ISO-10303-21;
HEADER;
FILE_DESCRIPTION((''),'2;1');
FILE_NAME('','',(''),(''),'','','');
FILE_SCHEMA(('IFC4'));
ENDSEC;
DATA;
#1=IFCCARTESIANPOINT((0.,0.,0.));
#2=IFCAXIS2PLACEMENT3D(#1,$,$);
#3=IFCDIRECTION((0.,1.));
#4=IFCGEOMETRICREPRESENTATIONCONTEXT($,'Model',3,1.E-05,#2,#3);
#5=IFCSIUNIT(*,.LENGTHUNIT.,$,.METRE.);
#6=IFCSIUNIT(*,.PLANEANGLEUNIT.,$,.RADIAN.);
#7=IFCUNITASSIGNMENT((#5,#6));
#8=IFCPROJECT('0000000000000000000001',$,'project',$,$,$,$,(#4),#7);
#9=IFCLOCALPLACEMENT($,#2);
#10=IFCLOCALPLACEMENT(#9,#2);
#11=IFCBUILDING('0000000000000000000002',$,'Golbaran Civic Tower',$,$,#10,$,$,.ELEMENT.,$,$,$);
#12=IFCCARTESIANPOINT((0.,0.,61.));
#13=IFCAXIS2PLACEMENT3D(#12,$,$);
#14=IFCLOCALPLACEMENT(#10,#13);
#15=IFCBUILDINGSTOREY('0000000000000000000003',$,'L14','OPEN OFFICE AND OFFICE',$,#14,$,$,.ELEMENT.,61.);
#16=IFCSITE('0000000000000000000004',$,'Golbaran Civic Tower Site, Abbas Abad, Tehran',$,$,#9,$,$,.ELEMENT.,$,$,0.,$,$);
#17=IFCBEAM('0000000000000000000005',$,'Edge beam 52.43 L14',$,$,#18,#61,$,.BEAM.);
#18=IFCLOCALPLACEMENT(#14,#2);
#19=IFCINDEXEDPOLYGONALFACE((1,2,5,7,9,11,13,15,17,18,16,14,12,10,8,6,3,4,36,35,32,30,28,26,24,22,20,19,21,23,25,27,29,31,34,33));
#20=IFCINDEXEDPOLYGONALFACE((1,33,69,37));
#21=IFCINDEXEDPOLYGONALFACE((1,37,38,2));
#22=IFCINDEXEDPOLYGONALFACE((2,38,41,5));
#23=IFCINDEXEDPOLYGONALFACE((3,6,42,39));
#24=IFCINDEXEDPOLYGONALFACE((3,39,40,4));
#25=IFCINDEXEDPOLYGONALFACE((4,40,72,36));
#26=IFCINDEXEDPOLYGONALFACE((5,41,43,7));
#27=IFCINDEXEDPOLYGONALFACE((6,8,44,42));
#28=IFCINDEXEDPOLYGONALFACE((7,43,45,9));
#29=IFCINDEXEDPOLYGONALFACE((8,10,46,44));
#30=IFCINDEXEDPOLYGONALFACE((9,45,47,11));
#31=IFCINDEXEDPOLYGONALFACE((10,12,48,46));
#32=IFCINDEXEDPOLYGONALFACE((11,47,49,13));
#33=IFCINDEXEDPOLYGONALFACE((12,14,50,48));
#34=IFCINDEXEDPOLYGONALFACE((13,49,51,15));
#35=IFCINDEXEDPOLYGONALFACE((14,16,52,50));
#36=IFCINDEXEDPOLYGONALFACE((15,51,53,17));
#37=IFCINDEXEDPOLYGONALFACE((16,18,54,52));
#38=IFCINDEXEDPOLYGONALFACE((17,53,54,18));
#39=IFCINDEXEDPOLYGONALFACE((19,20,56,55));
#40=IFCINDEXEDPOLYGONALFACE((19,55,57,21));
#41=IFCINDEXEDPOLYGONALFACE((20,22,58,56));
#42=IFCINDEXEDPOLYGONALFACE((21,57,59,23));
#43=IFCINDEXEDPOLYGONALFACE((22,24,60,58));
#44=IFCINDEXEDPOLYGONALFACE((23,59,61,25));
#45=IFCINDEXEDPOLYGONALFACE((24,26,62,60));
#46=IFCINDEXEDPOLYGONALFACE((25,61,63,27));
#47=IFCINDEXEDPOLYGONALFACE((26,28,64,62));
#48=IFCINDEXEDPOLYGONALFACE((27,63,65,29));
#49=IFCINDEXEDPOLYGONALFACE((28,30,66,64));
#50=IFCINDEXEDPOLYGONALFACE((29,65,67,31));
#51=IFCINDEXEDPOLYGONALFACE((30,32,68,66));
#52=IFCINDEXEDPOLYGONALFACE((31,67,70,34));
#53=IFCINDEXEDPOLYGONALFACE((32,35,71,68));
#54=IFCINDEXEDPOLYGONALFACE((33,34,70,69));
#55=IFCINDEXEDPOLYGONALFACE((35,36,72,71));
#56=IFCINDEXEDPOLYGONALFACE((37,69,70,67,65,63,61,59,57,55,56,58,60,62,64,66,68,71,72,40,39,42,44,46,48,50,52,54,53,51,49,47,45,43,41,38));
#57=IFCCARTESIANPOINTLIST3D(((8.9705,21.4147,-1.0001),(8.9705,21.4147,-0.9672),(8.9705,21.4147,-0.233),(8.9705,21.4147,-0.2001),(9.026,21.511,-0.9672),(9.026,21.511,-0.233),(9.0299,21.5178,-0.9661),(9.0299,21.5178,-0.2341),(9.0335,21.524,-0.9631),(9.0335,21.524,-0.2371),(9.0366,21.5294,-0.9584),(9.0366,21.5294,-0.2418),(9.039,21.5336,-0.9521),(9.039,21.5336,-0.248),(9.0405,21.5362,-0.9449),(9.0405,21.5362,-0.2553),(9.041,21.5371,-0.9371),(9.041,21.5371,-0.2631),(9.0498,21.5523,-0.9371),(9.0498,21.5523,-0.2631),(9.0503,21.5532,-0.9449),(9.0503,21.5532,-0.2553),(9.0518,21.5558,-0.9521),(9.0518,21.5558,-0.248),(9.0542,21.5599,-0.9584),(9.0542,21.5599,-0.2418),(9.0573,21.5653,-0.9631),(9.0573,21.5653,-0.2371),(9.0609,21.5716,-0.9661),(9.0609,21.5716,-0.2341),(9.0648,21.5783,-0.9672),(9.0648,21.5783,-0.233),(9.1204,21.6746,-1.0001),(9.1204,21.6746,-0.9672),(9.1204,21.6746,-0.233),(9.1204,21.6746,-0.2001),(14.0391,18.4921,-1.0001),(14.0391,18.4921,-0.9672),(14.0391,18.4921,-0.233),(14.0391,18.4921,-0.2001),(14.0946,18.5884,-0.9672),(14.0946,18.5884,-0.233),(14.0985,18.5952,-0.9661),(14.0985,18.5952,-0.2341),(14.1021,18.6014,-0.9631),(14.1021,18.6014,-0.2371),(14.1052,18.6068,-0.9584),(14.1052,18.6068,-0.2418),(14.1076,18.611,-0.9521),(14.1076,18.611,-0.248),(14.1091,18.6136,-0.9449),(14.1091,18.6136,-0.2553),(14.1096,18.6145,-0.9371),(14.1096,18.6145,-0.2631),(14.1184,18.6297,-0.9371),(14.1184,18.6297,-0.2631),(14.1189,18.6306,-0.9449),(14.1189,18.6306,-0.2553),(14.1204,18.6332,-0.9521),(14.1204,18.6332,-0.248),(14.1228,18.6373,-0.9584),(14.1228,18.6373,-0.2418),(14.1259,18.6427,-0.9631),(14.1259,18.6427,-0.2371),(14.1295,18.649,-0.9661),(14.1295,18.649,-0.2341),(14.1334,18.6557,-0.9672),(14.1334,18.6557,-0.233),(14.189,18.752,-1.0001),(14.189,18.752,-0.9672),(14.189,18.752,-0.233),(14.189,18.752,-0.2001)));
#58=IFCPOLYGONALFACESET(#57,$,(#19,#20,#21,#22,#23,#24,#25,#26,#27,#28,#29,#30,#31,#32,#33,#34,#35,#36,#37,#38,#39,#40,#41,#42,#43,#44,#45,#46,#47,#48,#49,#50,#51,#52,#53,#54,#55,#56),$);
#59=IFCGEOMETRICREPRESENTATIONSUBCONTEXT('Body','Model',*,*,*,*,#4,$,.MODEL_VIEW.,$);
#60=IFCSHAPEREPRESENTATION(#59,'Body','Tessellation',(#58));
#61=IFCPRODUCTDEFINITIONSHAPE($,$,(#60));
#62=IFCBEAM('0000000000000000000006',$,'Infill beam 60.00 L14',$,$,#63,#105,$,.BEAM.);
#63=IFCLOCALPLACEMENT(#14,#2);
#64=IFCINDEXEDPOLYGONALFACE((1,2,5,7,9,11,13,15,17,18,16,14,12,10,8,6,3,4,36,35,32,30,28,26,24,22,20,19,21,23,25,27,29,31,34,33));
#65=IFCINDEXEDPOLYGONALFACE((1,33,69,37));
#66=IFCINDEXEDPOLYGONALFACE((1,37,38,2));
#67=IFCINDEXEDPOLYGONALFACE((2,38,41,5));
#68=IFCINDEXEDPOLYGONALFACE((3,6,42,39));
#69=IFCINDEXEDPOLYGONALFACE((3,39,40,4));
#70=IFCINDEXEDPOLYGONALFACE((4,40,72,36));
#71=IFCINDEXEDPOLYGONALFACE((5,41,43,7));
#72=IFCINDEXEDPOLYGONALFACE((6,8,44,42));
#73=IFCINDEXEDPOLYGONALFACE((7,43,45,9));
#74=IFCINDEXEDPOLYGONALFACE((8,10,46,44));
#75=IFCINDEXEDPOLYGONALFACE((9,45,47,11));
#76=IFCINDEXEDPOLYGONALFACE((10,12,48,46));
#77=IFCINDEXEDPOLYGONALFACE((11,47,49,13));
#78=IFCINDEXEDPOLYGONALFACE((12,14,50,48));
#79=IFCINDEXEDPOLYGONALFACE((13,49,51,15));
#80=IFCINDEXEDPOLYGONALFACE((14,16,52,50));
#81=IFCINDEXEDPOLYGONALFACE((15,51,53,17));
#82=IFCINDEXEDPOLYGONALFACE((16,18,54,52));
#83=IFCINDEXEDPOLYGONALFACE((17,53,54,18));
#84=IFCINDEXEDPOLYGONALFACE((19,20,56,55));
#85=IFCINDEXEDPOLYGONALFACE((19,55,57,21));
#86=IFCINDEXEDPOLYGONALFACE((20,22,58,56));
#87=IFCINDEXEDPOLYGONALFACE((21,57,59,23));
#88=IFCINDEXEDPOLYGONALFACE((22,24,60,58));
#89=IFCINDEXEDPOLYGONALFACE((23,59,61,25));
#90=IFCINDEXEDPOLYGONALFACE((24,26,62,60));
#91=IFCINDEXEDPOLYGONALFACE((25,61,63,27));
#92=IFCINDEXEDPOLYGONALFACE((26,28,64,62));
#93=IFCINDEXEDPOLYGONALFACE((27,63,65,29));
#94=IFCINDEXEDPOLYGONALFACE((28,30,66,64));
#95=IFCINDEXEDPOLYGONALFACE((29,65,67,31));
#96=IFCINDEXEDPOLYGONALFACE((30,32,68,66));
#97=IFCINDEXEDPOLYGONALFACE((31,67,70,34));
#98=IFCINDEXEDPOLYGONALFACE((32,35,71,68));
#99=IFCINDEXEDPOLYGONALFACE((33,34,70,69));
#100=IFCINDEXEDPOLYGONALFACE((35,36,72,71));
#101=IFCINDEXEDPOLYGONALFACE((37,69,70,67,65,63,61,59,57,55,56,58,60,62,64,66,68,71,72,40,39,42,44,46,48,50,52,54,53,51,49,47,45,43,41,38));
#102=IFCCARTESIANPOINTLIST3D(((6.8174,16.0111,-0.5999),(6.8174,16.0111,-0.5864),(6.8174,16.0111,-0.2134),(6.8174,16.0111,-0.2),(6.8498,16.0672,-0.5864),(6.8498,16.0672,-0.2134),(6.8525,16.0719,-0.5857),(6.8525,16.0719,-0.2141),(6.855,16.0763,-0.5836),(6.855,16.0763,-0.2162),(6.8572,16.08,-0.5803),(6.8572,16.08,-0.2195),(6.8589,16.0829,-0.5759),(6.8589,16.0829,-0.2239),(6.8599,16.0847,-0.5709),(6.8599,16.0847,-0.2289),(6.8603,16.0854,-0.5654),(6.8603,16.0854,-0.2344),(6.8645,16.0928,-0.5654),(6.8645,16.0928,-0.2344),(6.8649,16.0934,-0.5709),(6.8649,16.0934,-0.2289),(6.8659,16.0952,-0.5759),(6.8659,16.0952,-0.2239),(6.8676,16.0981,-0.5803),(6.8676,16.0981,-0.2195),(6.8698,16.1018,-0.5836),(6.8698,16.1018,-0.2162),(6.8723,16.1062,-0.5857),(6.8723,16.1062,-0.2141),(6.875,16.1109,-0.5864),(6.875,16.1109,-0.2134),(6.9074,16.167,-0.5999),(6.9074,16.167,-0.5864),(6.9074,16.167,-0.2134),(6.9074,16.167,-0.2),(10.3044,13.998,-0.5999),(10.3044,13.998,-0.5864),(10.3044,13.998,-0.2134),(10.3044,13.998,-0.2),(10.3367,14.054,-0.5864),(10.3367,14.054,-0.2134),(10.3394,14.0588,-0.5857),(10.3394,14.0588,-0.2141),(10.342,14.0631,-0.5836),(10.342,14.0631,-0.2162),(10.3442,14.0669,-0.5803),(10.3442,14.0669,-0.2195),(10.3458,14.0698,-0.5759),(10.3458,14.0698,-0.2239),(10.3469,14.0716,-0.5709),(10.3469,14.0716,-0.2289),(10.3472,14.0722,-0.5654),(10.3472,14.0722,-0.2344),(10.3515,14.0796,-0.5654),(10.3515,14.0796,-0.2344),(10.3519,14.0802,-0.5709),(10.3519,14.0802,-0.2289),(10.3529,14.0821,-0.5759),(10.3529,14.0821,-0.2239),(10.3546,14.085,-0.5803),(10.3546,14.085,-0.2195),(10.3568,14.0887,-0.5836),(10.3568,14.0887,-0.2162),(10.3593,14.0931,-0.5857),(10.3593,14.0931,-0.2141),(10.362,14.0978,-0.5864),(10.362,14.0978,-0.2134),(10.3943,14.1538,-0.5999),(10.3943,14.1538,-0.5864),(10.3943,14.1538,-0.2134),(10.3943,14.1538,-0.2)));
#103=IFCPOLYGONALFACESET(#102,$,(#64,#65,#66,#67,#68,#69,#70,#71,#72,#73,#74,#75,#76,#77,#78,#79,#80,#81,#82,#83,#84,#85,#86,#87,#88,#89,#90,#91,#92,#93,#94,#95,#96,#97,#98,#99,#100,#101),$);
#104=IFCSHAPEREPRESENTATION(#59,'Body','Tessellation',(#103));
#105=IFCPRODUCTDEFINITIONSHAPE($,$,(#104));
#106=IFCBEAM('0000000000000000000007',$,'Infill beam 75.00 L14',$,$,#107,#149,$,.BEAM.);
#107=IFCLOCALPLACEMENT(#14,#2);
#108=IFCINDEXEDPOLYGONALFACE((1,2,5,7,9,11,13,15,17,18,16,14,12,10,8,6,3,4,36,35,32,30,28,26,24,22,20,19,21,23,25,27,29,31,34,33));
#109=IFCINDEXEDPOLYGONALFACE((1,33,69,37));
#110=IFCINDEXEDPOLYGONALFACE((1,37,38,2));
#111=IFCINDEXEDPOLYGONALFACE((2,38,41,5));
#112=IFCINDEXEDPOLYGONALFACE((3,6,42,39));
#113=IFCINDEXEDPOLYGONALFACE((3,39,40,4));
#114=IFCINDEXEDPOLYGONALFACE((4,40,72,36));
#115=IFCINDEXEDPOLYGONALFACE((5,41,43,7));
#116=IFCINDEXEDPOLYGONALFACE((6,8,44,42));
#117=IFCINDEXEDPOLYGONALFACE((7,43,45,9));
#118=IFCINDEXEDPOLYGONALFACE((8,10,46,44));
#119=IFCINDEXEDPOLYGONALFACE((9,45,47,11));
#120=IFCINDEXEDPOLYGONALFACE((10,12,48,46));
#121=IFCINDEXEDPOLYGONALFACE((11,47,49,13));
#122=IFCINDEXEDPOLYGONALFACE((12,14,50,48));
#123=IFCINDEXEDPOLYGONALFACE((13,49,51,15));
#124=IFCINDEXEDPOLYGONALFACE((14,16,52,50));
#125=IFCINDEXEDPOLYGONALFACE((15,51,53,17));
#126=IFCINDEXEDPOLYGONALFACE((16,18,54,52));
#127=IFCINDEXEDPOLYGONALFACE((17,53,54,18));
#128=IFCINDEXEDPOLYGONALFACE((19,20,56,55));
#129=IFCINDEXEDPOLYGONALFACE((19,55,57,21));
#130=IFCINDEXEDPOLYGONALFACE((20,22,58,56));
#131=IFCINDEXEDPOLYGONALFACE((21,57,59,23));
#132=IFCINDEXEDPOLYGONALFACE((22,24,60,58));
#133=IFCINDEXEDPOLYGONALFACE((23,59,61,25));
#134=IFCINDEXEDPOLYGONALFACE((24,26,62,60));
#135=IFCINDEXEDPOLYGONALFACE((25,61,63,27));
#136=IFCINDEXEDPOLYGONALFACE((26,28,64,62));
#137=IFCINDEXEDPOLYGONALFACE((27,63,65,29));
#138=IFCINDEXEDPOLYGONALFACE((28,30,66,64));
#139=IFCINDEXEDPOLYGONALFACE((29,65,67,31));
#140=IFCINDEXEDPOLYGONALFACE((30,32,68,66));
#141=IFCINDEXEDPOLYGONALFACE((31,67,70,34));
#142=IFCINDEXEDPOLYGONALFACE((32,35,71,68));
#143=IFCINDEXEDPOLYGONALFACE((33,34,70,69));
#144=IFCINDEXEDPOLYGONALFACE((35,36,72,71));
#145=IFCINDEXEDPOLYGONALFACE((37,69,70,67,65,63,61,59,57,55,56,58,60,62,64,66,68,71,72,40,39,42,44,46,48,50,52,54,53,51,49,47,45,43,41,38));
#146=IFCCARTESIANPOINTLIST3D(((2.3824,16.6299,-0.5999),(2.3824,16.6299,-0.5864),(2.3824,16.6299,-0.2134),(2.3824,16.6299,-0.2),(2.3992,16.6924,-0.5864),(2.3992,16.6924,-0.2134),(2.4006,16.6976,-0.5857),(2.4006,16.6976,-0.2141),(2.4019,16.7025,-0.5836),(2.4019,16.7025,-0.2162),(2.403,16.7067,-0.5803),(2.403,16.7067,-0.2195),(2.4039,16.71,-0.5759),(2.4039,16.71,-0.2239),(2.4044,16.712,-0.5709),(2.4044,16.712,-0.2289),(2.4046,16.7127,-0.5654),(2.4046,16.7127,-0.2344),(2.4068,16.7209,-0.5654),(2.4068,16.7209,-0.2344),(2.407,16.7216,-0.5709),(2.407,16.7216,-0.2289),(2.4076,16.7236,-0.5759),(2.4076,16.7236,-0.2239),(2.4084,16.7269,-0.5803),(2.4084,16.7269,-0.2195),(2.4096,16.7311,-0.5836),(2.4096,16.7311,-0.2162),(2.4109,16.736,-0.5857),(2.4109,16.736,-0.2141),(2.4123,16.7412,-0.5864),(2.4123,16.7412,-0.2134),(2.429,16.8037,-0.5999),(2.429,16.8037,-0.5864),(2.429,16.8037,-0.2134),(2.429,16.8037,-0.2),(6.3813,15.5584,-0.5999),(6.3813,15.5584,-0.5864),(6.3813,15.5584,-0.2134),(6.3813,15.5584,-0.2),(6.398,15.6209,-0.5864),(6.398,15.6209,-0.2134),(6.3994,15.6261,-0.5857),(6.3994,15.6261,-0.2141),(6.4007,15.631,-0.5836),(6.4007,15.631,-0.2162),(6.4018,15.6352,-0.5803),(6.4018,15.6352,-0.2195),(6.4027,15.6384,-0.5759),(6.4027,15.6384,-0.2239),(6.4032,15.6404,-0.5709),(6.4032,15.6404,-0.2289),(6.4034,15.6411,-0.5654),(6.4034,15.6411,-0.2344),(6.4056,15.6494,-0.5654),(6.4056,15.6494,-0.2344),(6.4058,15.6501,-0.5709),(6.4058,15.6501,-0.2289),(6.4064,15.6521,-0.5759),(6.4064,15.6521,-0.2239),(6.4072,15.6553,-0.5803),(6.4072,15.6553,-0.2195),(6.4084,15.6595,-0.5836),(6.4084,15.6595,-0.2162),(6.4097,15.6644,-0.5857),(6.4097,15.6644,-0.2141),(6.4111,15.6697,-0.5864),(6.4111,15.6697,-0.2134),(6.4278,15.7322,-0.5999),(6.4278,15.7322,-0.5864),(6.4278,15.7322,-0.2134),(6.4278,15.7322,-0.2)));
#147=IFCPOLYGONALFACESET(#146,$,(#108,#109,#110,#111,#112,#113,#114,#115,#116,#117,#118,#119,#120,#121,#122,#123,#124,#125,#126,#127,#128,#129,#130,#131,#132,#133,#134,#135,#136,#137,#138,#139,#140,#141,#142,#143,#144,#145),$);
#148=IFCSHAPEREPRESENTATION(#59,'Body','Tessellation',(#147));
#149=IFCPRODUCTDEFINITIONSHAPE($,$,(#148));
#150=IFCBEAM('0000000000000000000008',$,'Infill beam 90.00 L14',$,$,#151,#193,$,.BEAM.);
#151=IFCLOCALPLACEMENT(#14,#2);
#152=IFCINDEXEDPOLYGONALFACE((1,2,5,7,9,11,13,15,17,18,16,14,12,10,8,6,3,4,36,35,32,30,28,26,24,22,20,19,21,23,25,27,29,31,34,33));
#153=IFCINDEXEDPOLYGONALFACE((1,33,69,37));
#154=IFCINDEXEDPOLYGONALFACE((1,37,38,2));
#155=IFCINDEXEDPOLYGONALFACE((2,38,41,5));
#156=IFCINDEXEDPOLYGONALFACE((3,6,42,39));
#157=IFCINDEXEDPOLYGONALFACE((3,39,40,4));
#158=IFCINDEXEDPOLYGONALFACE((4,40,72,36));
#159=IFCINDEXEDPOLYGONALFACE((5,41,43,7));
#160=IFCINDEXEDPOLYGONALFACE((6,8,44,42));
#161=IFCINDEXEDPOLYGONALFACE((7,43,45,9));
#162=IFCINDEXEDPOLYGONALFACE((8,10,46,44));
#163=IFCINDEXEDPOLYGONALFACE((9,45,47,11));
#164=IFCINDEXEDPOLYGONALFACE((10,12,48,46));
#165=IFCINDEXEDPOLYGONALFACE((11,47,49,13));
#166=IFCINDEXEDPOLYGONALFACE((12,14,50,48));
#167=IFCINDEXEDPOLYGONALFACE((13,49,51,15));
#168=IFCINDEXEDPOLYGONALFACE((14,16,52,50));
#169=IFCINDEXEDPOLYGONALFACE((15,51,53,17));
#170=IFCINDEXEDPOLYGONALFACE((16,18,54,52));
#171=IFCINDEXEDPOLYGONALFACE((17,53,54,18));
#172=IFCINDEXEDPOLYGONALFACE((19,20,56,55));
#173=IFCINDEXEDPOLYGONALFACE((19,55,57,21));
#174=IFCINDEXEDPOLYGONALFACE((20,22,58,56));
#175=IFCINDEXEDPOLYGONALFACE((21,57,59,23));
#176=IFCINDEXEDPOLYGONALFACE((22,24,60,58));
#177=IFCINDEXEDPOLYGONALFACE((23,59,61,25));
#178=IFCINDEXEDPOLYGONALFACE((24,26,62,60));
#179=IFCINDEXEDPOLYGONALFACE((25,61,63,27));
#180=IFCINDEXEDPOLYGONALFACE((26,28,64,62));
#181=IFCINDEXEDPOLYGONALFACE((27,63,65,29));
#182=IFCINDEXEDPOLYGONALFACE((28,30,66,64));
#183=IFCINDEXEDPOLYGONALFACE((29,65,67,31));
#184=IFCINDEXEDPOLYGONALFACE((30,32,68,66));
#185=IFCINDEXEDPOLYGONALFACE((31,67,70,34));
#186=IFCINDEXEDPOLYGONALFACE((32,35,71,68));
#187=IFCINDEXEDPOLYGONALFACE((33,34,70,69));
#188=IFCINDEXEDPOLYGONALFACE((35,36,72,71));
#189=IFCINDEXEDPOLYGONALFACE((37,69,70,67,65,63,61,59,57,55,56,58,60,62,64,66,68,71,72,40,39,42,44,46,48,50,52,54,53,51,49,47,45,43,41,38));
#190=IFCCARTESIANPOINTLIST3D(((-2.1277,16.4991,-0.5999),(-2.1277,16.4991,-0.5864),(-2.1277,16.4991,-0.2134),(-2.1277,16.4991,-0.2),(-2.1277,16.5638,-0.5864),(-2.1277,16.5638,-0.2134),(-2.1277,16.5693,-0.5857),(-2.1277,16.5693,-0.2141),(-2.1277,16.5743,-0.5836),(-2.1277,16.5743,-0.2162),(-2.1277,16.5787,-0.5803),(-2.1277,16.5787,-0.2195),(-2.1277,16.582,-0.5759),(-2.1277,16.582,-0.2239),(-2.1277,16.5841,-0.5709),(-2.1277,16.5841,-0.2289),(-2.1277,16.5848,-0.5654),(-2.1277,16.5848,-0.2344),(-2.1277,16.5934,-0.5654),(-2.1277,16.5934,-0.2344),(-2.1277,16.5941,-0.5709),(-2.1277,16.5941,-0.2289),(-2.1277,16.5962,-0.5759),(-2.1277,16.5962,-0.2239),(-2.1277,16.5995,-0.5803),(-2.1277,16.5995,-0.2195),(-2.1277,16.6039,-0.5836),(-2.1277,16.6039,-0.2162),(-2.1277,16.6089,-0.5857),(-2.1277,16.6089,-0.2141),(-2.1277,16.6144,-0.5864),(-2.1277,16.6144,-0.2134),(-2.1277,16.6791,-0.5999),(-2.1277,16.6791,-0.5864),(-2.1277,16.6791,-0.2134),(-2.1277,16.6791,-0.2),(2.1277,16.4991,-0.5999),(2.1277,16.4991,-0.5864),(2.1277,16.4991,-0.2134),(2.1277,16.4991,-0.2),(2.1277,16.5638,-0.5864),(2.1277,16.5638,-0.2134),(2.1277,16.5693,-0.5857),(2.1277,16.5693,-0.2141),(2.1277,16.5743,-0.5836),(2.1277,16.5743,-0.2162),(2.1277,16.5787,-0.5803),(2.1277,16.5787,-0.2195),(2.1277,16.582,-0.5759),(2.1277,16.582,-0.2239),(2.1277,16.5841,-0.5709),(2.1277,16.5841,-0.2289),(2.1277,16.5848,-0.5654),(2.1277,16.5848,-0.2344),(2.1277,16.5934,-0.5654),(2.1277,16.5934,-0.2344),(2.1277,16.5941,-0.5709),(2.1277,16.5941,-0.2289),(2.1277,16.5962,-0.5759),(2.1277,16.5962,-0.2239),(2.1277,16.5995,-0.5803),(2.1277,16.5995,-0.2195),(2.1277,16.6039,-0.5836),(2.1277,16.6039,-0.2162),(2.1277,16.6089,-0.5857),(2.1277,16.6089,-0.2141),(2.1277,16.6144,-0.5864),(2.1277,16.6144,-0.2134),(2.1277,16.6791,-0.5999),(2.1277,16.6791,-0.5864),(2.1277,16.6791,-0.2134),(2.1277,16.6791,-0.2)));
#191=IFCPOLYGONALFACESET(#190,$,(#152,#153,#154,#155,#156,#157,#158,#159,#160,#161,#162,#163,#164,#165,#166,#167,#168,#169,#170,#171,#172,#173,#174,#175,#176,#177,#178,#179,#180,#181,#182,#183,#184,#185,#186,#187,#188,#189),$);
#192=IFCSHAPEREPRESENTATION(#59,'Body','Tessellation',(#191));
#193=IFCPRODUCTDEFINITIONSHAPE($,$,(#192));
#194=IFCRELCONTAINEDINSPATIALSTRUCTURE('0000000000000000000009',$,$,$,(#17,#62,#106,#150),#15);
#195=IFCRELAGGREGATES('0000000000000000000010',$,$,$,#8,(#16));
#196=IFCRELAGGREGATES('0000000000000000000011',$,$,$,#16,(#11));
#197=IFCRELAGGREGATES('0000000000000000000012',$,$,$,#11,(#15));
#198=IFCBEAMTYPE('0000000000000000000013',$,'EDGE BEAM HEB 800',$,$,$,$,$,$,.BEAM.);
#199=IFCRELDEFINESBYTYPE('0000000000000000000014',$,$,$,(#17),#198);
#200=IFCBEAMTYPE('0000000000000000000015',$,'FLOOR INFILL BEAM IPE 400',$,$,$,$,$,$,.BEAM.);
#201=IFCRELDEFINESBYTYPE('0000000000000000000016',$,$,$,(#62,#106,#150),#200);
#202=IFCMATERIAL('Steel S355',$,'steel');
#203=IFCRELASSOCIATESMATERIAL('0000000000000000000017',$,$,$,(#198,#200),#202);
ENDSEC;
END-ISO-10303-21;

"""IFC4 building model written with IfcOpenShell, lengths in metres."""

from ifc_helpers import new_model, si_unit, direction, frame, origin, origin_2d, place, context, subcontext, project, spatial, i_section, extrude, material, material_profile, profile_set, type_object, element, save


model = new_model("IFC4")

# Units and contexts
model_context = context("Model", 3, precision=1e-05, world=origin(), true_north=direction((0.0, 1.0)))
body_context = subcontext(model_context, "Body", "Model", "MODEL_VIEW")
ifc_project = project(units=[si_unit("LENGTHUNIT", "METRE"), si_unit("PLANEANGLEUNIT", "RADIAN")], contexts=[model_context])

# Site, building, storey
site_placement = place(None, origin())
site = spatial("IfcSite", under=ifc_project, at=site_placement, Name="Golbaran Civic Tower Site, Abbas Abad, Tehran", CompositionType="ELEMENT", RefElevation=0.0)
building_placement = place(site_placement, origin())
building = spatial("IfcBuilding", under=site, at=building_placement, Name="Golbaran Civic Tower", CompositionType="ELEMENT")
storey_placement = place(building_placement, frame((0.0, 0.0, 61.0)))
storey = spatial("IfcBuildingStorey", under=building, at=storey_placement, Name="L14", Description="OPEN OFFICE AND OFFICE", CompositionType="ELEMENT", Elevation=61.0)

# Beams
ifc_material_1 = material(Name="Steel S355", Category="steel")
ifc_material_profile_1 = material_profile(ifc_material_1, i_section(OverallWidth=0.3, OverallDepth=0.8, WebThickness=0.0176, FlangeThickness=0.033, FilletRadius=0.03, at=origin_2d()), Name="HEB 800")
ifc_profile_set_1 = profile_set([ifc_material_profile_1], Name="Steel S355")
beam_type_1 = type_object("IfcBeamType", Name="EDGE BEAM HEB 800", PredefinedType="BEAM", material=ifc_profile_set_1)
beam_1_placement = place(storey_placement, frame((14.114, 18.6221, -0.6001), z_axis=(-0.866303, 0.499519, 0.0), x_axis=(-0.499519, -0.866303, 0.0)))
element("IfcBeam", 1, at=beam_1_placement, inside=storey, type_object=beam_type_1, Name="Edge beam 52.43 L14", PredefinedType="BEAM", context=body_context, shape_type="SweptSolid", body=[
    extrude(i_section(OverallWidth=0.3, OverallDepth=0.8, WebThickness=0.0176, FlangeThickness=0.033, FilletRadius=0.03, at=origin_2d()), origin(), (0.0, 0.0, 1.0), 5.8508),
])
ifc_material_profile_2 = material_profile(ifc_material_1, i_section(OverallWidth=0.1799, OverallDepth=0.3999, WebThickness=0.0085, FlangeThickness=0.0134, FilletRadius=0.021, at=origin_2d()), Name="IPE 400")
ifc_profile_set_2 = profile_set([ifc_material_profile_2], Name="Steel S355")
beam_type_2 = type_object("IfcBeamType", Name="FLOOR INFILL BEAM IPE 400", PredefinedType="BEAM", material=ifc_profile_set_2)
beam_2_placement = place(storey_placement, frame((10.3494, 14.0759, -0.3999), z_axis=(-0.866033, 0.499987, 0.0), x_axis=(-0.499987, -0.866033, 0.0)))
element("IfcBeam", 2, at=beam_2_placement, inside=storey, type_object=beam_type_2, Name="Infill beam 60.00 L14", PredefinedType="BEAM", context=body_context, shape_type="SweptSolid", body=[
    extrude(i_section(OverallWidth=0.1799, OverallDepth=0.3999, WebThickness=0.0085, FlangeThickness=0.0134, FilletRadius=0.021, at=origin_2d()), origin(), (0.0, 0.0, 1.0), 4.0264),
])
beam_3_placement = place(storey_placement, frame((6.4045, 15.6453, -0.3999), z_axis=(-0.965922, 0.258833, 0.0), x_axis=(-0.258833, -0.965922, 0.0)))
element("IfcBeam", 3, at=beam_3_placement, inside=storey, type_object=beam_type_2, Name="Infill beam 75.00 L14", PredefinedType="BEAM", context=body_context, shape_type="SweptSolid", body=[
    extrude(i_section(OverallWidth=0.1799, OverallDepth=0.3999, WebThickness=0.0085, FlangeThickness=0.0134, FilletRadius=0.021, at=origin_2d()), origin(), (0.0, 0.0, 1.0), 4.1399),
])
beam_4_placement = place(storey_placement, frame((2.1277, 16.5891, -0.3999), z_axis=(-1.0, 0.0, 0.0), x_axis=(0.0, -1.0, 0.0)))
element("IfcBeam", 4, at=beam_4_placement, inside=storey, type_object=beam_type_2, Name="Infill beam 90.00 L14", PredefinedType="BEAM", context=body_context, shape_type="SweptSolid", body=[
    extrude(i_section(OverallWidth=0.1799, OverallDepth=0.3999, WebThickness=0.0085, FlangeThickness=0.0134, FilletRadius=0.021, at=origin_2d()), origin(), (0.0, 0.0, 1.0), 4.2554),
])

save(model, "model.ifc")
